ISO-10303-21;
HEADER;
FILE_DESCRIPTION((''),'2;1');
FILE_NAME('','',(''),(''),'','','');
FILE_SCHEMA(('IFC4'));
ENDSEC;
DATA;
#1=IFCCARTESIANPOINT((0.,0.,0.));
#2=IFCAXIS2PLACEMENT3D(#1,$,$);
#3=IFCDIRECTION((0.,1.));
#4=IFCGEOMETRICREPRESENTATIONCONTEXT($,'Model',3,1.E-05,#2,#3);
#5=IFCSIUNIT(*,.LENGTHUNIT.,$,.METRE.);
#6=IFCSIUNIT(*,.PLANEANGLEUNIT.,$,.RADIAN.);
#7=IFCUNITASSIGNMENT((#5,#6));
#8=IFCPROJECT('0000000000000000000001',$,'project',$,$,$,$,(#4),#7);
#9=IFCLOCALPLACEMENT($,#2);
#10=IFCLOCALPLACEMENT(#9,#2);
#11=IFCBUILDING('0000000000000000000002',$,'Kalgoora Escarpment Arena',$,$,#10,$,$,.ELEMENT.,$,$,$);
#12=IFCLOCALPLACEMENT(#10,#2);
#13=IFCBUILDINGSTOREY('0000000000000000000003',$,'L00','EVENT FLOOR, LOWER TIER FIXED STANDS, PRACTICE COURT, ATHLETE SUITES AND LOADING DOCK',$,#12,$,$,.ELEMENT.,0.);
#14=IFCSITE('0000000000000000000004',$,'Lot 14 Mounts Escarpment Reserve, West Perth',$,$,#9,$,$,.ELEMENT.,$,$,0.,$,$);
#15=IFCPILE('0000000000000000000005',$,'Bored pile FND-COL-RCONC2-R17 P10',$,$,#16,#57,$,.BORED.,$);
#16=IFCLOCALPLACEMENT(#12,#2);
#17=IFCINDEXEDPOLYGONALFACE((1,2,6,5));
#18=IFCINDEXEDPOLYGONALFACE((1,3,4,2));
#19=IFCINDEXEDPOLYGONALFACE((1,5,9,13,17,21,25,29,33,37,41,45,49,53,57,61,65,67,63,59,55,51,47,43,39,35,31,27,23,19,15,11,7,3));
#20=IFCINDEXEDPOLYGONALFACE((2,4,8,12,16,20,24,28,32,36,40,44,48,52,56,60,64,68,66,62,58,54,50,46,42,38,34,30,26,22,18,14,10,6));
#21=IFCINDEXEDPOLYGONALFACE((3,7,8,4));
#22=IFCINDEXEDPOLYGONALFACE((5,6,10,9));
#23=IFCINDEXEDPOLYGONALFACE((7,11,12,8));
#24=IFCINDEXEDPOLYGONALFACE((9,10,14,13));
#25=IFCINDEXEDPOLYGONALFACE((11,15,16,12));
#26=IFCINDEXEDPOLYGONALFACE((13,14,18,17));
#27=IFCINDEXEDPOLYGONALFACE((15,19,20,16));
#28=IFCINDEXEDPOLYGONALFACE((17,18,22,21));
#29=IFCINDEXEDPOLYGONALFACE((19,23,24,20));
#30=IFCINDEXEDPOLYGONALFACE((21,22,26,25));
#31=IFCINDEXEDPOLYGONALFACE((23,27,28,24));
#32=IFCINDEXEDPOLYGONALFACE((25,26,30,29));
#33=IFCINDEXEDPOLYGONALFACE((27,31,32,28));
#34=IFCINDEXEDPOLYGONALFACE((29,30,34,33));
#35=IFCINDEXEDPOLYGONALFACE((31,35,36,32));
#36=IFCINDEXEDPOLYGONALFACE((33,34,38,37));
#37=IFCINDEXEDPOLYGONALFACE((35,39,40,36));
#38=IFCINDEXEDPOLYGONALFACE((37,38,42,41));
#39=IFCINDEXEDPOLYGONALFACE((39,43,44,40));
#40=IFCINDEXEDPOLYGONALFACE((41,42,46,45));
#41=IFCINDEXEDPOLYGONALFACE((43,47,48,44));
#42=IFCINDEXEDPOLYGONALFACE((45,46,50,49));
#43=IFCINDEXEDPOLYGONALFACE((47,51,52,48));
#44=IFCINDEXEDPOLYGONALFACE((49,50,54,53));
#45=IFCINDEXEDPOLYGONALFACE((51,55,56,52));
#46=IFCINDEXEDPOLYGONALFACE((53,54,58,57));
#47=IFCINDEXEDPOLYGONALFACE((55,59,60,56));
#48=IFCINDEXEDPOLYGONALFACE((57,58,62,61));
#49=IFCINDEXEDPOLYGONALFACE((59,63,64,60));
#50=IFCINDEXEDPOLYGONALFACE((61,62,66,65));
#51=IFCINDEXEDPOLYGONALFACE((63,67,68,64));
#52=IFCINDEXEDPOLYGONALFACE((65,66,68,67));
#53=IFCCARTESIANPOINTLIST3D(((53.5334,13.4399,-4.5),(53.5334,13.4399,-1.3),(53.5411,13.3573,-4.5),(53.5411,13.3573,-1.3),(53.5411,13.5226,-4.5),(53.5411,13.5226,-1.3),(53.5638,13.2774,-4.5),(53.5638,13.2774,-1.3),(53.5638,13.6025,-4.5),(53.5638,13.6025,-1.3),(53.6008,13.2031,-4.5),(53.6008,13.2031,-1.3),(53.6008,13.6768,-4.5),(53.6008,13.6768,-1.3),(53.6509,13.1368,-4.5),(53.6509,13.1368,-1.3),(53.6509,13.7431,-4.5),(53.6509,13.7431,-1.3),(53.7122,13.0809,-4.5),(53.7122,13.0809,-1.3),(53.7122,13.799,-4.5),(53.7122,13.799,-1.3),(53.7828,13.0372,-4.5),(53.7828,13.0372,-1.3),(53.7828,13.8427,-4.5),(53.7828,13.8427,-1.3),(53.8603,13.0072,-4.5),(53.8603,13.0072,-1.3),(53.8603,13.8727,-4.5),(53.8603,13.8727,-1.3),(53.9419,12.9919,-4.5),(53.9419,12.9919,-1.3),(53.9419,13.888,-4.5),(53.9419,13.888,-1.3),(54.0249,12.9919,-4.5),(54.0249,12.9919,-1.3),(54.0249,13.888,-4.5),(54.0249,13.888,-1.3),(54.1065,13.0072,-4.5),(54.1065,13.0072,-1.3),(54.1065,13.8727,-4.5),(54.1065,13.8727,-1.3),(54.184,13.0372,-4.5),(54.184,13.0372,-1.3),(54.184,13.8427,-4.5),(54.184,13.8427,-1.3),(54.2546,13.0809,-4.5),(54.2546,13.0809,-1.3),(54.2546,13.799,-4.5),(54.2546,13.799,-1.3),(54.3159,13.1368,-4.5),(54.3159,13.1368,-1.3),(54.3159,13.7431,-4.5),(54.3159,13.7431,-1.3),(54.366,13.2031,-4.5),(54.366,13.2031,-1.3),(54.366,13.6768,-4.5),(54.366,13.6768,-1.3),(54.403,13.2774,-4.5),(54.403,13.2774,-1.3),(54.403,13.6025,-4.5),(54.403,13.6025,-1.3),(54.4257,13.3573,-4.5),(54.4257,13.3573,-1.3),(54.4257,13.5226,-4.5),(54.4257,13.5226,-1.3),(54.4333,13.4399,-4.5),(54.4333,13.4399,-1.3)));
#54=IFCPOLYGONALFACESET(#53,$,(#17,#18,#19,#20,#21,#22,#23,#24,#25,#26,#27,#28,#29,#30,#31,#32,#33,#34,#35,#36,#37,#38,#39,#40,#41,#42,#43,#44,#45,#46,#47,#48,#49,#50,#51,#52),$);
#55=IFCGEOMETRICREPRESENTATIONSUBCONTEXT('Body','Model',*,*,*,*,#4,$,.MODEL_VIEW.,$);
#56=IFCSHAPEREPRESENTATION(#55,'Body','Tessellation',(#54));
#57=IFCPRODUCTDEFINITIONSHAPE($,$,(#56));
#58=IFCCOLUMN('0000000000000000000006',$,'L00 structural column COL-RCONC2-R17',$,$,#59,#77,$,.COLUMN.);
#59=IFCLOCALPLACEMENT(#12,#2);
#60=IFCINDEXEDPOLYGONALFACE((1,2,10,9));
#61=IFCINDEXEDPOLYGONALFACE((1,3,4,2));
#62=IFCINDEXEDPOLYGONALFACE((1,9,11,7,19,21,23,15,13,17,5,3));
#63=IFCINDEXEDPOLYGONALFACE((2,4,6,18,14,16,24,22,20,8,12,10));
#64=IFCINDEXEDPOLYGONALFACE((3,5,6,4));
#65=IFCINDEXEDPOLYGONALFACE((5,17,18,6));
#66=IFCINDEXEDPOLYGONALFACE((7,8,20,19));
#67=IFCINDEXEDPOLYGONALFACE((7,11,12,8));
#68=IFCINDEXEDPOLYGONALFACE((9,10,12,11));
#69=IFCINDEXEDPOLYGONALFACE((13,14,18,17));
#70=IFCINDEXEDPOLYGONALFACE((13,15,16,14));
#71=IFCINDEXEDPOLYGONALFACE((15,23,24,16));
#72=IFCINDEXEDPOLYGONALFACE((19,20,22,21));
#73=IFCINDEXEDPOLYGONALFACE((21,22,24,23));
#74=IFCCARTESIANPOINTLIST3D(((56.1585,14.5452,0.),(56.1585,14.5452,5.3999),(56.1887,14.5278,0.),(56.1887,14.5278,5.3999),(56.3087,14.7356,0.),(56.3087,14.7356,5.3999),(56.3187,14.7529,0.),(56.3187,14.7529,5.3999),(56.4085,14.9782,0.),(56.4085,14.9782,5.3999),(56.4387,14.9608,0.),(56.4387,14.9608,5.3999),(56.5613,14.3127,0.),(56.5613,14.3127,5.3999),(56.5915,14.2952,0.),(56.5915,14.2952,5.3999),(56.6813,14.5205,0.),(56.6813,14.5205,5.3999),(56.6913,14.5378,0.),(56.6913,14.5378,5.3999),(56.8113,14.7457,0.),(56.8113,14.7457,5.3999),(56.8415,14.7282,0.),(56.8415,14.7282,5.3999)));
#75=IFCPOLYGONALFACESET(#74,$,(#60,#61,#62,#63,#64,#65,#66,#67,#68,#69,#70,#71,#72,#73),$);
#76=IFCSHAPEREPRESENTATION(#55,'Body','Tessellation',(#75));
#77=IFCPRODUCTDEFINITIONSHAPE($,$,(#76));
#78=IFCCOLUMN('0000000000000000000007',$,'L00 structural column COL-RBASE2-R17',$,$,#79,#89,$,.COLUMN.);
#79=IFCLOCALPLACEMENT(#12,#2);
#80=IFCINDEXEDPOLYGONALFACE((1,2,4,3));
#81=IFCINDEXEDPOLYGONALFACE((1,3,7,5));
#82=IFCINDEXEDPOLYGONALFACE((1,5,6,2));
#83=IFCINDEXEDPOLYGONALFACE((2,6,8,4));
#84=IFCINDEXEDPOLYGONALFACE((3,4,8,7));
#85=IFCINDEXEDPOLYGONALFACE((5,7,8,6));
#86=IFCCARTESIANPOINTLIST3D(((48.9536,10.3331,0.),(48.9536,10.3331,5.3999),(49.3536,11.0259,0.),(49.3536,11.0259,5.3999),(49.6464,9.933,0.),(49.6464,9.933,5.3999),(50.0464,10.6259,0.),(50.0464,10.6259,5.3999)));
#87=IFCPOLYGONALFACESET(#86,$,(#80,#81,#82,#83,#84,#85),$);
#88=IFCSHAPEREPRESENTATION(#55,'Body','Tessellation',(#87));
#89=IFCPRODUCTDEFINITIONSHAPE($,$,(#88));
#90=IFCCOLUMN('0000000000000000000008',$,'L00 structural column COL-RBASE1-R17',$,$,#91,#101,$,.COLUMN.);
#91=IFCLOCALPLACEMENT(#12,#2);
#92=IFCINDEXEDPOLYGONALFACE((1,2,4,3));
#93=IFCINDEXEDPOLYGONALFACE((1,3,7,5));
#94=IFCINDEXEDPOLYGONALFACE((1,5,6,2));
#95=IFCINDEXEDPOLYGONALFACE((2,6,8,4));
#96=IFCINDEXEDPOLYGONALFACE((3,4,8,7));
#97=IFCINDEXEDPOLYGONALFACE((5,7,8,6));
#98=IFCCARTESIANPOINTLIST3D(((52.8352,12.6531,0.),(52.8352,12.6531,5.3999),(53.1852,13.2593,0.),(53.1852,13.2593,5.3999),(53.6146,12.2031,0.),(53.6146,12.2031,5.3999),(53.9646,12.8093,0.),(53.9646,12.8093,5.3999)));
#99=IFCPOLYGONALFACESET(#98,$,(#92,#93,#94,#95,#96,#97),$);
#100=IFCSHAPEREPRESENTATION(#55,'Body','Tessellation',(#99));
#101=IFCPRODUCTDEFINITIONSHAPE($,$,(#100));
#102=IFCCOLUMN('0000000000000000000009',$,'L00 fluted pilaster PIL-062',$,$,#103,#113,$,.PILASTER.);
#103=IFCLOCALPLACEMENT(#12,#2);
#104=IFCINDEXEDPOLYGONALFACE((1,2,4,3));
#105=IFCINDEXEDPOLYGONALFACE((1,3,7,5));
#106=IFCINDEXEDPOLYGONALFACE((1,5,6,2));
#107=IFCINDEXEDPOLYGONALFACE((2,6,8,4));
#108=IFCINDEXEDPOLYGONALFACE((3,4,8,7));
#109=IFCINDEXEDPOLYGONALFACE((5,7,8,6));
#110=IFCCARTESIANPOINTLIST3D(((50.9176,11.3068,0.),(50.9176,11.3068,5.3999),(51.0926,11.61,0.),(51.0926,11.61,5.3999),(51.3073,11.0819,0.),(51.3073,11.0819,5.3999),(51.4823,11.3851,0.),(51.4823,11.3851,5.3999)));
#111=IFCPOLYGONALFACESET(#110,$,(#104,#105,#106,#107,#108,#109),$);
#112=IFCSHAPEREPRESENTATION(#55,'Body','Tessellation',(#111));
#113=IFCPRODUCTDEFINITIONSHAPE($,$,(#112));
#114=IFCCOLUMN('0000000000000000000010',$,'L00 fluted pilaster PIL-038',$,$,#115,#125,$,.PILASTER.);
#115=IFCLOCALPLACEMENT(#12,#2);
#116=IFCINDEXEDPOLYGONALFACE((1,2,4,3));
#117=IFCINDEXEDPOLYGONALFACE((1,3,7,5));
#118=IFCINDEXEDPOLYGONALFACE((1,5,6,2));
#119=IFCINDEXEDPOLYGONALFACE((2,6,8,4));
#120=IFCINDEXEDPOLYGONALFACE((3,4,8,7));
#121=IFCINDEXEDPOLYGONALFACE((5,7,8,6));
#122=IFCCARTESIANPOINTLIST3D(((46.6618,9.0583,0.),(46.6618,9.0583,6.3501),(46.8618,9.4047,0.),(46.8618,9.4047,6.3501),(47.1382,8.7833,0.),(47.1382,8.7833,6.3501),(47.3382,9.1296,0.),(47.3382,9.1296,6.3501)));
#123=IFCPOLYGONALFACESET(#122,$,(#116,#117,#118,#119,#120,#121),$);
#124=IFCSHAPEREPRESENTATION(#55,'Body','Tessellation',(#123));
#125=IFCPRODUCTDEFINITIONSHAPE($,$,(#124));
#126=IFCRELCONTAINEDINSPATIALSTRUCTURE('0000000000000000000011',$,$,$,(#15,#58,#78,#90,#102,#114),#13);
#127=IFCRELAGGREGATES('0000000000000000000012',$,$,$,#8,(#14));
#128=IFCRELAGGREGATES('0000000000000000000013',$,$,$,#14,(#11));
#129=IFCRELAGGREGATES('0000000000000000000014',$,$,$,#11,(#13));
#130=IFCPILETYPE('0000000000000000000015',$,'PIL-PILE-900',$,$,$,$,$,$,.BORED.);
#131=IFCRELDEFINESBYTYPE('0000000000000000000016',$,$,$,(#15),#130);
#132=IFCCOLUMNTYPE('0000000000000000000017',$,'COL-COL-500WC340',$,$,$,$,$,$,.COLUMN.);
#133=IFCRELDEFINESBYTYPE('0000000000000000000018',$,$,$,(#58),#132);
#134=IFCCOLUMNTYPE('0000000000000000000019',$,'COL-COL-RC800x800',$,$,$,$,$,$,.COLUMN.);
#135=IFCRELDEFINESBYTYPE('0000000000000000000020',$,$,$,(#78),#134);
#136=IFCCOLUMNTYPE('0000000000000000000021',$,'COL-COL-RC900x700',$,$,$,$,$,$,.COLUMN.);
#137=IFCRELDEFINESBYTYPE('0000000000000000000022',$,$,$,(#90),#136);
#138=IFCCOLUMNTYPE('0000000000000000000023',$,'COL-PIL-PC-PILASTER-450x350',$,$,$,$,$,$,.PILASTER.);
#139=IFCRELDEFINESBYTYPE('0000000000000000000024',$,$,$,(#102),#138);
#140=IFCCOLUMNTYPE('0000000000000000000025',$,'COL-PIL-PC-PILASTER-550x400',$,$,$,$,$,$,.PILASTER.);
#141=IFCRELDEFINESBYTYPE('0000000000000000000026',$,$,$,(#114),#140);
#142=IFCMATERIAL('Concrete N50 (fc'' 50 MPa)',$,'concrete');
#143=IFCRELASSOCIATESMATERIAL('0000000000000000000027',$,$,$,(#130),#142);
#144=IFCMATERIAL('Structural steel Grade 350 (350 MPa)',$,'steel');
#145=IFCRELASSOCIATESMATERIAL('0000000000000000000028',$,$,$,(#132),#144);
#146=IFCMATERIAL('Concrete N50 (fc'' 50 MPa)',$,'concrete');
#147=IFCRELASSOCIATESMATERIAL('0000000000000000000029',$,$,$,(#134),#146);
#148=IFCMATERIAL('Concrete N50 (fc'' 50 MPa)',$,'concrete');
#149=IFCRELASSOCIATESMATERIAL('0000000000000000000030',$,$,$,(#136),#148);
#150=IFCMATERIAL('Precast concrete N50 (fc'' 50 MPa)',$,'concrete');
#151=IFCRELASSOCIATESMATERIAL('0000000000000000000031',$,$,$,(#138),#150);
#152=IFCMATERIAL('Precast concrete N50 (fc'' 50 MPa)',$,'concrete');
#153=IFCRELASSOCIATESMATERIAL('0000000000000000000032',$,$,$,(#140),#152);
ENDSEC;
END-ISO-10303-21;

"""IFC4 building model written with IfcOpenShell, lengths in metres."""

from ifc_helpers import new_model, si_unit, direction, frame, origin, origin_2d, place, context, subcontext, project, spatial, rectangle, circle, i_section, extrude, material, material_profile, profile_set, type_object, element, save


model = new_model("IFC4")

# Units and contexts
model_context = context("Model", 3, precision=1e-05, world=origin(), true_north=direction((0.0, 1.0)))
body_context = subcontext(model_context, "Body", "Model", "MODEL_VIEW")
ifc_project = project(units=[si_unit("LENGTHUNIT", "METRE"), si_unit("PLANEANGLEUNIT", "RADIAN")], contexts=[model_context])

# Site, building, storey
site_placement = place(None, origin())
site = spatial("IfcSite", under=ifc_project, at=site_placement, Name="Lot 14 Mounts Escarpment Reserve, West Perth", CompositionType="ELEMENT", RefElevation=0.0)
building_placement = place(site_placement, origin())
building = spatial("IfcBuilding", under=site, at=building_placement, Name="Kalgoora Escarpment Arena", CompositionType="ELEMENT")
storey_placement = place(building_placement, origin())
storey = spatial("IfcBuildingStorey", under=building, at=storey_placement, Name="L00", Description="EVENT FLOOR, LOWER TIER FIXED STANDS, PRACTICE COURT, ATHLETE SUITES AND LOADING DOCK", CompositionType="ELEMENT", Elevation=0.0)

# Pile
ifc_material_1 = material(Name="Concrete N50 (fc' 50 MPa)", Category="concrete")
ifc_material_profile_1 = material_profile(ifc_material_1, circle(Radius=0.45, at=origin_2d()))
ifc_profile_set_1 = profile_set([ifc_material_profile_1], Name="Concrete N50 (fc' 50 MPa)")
pile_type = type_object("IfcPileType", Name="PIL-PILE-900", PredefinedType="BORED", material=ifc_profile_set_1)
for number, where, z_axis, x_axis, name in (
    (1, (53.9834, 13.4399, -1.3), (0.0, 0.0, -1.0), (1.0, 0.0, 0.0), "Bored pile FND-COL-RCONC2-R17 P10"),
):
    element("IfcPile", number, at=place(storey_placement, frame(where, z_axis=z_axis, x_axis=x_axis)), inside=storey, type_object=pile_type, Name=name, PredefinedType="BORED", context=body_context, shape_type="SweptSolid", body=[
        extrude(circle(Radius=0.45, at=origin_2d()), origin(), (0.0, 0.0, 1.0), 3.2),
    ])

# Columns
ifc_material_2 = material(Name="Structural steel Grade 350 (350 MPa)", Category="steel")
ifc_material_profile_2 = material_profile(ifc_material_2, i_section(OverallWidth=0.5, OverallDepth=0.5, WebThickness=0.02, FlangeThickness=0.0349, at=origin_2d()))
ifc_profile_set_2 = profile_set([ifc_material_profile_2], Name="Structural steel Grade 350 (350 MPa)")
column_type_1 = type_object("IfcColumnType", Name="COL-COL-500WC340", PredefinedType="COLUMN", material=ifc_profile_set_2)
column_1_placement = place(storey_placement, frame((56.5, 14.6367, 0.0), z_axis=(0.0, 0.0, 1.0), x_axis=(-0.5, -0.866025, 0.0)))
element("IfcColumn", 2, at=column_1_placement, inside=storey, type_object=column_type_1, Name="L00 structural column COL-RCONC2-R17", PredefinedType="COLUMN", context=body_context, shape_type="SweptSolid", body=[
    extrude(i_section(OverallWidth=0.5, OverallDepth=0.5, WebThickness=0.02, FlangeThickness=0.0349, at=origin_2d()), origin(), (0.0, 0.0, 1.0), 5.3999),
])
ifc_material_3 = material(Name="Concrete N50 (fc' 50 MPa)", Category="concrete")
ifc_material_profile_3 = material_profile(ifc_material_3, rectangle(XDim=0.8, YDim=0.8, at=origin_2d()))
ifc_profile_set_3 = profile_set([ifc_material_profile_3], Name="Concrete N50 (fc' 50 MPa)")
column_type_2 = type_object("IfcColumnType", Name="COL-COL-RC800x800", PredefinedType="COLUMN", material=ifc_profile_set_3)
column_2_placement = place(storey_placement, frame((49.5, 10.4795, 0.0), z_axis=(0.0, 0.0, 1.0), x_axis=(-0.5, -0.866025, 0.0)))
element("IfcColumn", 3, at=column_2_placement, inside=storey, type_object=column_type_2, Name="L00 structural column COL-RBASE2-R17", PredefinedType="COLUMN", context=body_context, shape_type="SweptSolid", body=[
    extrude(rectangle(XDim=0.8, YDim=0.8, at=origin_2d()), origin(), (0.0, 0.0, 1.0), 5.3999),
])
ifc_material_4 = material(Name="Concrete N50 (fc' 50 MPa)", Category="concrete")
ifc_material_profile_4 = material_profile(ifc_material_4, rectangle(XDim=0.7, YDim=0.8999, at=origin_2d()))
ifc_profile_set_4 = profile_set([ifc_material_profile_4], Name="Concrete N50 (fc' 50 MPa)")
column_type_3 = type_object("IfcColumnType", Name="COL-COL-RC900x700", PredefinedType="COLUMN", material=ifc_profile_set_4)
column_3_placement = place(storey_placement, frame((53.3999, 12.7312, 0.0), z_axis=(0.0, 0.0, 1.0), x_axis=(-0.5, -0.866025, 0.0)))
element("IfcColumn", 4, at=column_3_placement, inside=storey, type_object=column_type_3, Name="L00 structural column COL-RBASE1-R17", PredefinedType="COLUMN", context=body_context, shape_type="SweptSolid", body=[
    extrude(rectangle(XDim=0.7, YDim=0.8999, at=origin_2d()), origin(), (0.0, 0.0, 1.0), 5.3999),
])
ifc_material_5 = material(Name="Precast concrete N50 (fc' 50 MPa)", Category="concrete")
ifc_material_profile_5 = material_profile(ifc_material_5, rectangle(XDim=0.3501, YDim=0.45, at=origin_2d()))
ifc_profile_set_5 = profile_set([ifc_material_profile_5], Name="Precast concrete N50 (fc' 50 MPa)")
column_type_4 = type_object("IfcColumnType", Name="COL-PIL-PC-PILASTER-450x350", PredefinedType="PILASTER", material=ifc_profile_set_5)
column_4_placement = place(storey_placement, frame((51.2, 11.3459, 0.0), z_axis=(0.0, 0.0, 1.0), x_axis=(-0.5, -0.866025, 0.0)))
element("IfcColumn", 5, at=column_4_placement, inside=storey, type_object=column_type_4, Name="L00 fluted pilaster PIL-062", PredefinedType="PILASTER", context=body_context, shape_type="SweptSolid", body=[
    extrude(rectangle(XDim=0.3501, YDim=0.45, at=origin_2d()), origin(), (0.0, 0.0, 1.0), 5.3999),
])
ifc_material_6 = material(Name="Precast concrete N50 (fc' 50 MPa)", Category="concrete")
ifc_material_profile_6 = material_profile(ifc_material_6, rectangle(XDim=0.3999, YDim=0.55, at=origin_2d()))
ifc_profile_set_6 = profile_set([ifc_material_profile_6], Name="Precast concrete N50 (fc' 50 MPa)")
column_type_5 = type_object("IfcColumnType", Name="COL-PIL-PC-PILASTER-550x400", PredefinedType="PILASTER", material=ifc_profile_set_6)
column_5_placement = place(storey_placement, frame((47.0, 9.094, 0.0), z_axis=(0.0, 0.0, 1.0), x_axis=(-0.5, -0.866025, 0.0)))
element("IfcColumn", 6, at=column_5_placement, inside=storey, type_object=column_type_5, Name="L00 fluted pilaster PIL-038", PredefinedType="PILASTER", context=body_context, shape_type="SweptSolid", body=[
    extrude(rectangle(XDim=0.3999, YDim=0.55, at=origin_2d()), origin(), (0.0, 0.0, 1.0), 6.3501),
])

save(model, "model.ifc")
